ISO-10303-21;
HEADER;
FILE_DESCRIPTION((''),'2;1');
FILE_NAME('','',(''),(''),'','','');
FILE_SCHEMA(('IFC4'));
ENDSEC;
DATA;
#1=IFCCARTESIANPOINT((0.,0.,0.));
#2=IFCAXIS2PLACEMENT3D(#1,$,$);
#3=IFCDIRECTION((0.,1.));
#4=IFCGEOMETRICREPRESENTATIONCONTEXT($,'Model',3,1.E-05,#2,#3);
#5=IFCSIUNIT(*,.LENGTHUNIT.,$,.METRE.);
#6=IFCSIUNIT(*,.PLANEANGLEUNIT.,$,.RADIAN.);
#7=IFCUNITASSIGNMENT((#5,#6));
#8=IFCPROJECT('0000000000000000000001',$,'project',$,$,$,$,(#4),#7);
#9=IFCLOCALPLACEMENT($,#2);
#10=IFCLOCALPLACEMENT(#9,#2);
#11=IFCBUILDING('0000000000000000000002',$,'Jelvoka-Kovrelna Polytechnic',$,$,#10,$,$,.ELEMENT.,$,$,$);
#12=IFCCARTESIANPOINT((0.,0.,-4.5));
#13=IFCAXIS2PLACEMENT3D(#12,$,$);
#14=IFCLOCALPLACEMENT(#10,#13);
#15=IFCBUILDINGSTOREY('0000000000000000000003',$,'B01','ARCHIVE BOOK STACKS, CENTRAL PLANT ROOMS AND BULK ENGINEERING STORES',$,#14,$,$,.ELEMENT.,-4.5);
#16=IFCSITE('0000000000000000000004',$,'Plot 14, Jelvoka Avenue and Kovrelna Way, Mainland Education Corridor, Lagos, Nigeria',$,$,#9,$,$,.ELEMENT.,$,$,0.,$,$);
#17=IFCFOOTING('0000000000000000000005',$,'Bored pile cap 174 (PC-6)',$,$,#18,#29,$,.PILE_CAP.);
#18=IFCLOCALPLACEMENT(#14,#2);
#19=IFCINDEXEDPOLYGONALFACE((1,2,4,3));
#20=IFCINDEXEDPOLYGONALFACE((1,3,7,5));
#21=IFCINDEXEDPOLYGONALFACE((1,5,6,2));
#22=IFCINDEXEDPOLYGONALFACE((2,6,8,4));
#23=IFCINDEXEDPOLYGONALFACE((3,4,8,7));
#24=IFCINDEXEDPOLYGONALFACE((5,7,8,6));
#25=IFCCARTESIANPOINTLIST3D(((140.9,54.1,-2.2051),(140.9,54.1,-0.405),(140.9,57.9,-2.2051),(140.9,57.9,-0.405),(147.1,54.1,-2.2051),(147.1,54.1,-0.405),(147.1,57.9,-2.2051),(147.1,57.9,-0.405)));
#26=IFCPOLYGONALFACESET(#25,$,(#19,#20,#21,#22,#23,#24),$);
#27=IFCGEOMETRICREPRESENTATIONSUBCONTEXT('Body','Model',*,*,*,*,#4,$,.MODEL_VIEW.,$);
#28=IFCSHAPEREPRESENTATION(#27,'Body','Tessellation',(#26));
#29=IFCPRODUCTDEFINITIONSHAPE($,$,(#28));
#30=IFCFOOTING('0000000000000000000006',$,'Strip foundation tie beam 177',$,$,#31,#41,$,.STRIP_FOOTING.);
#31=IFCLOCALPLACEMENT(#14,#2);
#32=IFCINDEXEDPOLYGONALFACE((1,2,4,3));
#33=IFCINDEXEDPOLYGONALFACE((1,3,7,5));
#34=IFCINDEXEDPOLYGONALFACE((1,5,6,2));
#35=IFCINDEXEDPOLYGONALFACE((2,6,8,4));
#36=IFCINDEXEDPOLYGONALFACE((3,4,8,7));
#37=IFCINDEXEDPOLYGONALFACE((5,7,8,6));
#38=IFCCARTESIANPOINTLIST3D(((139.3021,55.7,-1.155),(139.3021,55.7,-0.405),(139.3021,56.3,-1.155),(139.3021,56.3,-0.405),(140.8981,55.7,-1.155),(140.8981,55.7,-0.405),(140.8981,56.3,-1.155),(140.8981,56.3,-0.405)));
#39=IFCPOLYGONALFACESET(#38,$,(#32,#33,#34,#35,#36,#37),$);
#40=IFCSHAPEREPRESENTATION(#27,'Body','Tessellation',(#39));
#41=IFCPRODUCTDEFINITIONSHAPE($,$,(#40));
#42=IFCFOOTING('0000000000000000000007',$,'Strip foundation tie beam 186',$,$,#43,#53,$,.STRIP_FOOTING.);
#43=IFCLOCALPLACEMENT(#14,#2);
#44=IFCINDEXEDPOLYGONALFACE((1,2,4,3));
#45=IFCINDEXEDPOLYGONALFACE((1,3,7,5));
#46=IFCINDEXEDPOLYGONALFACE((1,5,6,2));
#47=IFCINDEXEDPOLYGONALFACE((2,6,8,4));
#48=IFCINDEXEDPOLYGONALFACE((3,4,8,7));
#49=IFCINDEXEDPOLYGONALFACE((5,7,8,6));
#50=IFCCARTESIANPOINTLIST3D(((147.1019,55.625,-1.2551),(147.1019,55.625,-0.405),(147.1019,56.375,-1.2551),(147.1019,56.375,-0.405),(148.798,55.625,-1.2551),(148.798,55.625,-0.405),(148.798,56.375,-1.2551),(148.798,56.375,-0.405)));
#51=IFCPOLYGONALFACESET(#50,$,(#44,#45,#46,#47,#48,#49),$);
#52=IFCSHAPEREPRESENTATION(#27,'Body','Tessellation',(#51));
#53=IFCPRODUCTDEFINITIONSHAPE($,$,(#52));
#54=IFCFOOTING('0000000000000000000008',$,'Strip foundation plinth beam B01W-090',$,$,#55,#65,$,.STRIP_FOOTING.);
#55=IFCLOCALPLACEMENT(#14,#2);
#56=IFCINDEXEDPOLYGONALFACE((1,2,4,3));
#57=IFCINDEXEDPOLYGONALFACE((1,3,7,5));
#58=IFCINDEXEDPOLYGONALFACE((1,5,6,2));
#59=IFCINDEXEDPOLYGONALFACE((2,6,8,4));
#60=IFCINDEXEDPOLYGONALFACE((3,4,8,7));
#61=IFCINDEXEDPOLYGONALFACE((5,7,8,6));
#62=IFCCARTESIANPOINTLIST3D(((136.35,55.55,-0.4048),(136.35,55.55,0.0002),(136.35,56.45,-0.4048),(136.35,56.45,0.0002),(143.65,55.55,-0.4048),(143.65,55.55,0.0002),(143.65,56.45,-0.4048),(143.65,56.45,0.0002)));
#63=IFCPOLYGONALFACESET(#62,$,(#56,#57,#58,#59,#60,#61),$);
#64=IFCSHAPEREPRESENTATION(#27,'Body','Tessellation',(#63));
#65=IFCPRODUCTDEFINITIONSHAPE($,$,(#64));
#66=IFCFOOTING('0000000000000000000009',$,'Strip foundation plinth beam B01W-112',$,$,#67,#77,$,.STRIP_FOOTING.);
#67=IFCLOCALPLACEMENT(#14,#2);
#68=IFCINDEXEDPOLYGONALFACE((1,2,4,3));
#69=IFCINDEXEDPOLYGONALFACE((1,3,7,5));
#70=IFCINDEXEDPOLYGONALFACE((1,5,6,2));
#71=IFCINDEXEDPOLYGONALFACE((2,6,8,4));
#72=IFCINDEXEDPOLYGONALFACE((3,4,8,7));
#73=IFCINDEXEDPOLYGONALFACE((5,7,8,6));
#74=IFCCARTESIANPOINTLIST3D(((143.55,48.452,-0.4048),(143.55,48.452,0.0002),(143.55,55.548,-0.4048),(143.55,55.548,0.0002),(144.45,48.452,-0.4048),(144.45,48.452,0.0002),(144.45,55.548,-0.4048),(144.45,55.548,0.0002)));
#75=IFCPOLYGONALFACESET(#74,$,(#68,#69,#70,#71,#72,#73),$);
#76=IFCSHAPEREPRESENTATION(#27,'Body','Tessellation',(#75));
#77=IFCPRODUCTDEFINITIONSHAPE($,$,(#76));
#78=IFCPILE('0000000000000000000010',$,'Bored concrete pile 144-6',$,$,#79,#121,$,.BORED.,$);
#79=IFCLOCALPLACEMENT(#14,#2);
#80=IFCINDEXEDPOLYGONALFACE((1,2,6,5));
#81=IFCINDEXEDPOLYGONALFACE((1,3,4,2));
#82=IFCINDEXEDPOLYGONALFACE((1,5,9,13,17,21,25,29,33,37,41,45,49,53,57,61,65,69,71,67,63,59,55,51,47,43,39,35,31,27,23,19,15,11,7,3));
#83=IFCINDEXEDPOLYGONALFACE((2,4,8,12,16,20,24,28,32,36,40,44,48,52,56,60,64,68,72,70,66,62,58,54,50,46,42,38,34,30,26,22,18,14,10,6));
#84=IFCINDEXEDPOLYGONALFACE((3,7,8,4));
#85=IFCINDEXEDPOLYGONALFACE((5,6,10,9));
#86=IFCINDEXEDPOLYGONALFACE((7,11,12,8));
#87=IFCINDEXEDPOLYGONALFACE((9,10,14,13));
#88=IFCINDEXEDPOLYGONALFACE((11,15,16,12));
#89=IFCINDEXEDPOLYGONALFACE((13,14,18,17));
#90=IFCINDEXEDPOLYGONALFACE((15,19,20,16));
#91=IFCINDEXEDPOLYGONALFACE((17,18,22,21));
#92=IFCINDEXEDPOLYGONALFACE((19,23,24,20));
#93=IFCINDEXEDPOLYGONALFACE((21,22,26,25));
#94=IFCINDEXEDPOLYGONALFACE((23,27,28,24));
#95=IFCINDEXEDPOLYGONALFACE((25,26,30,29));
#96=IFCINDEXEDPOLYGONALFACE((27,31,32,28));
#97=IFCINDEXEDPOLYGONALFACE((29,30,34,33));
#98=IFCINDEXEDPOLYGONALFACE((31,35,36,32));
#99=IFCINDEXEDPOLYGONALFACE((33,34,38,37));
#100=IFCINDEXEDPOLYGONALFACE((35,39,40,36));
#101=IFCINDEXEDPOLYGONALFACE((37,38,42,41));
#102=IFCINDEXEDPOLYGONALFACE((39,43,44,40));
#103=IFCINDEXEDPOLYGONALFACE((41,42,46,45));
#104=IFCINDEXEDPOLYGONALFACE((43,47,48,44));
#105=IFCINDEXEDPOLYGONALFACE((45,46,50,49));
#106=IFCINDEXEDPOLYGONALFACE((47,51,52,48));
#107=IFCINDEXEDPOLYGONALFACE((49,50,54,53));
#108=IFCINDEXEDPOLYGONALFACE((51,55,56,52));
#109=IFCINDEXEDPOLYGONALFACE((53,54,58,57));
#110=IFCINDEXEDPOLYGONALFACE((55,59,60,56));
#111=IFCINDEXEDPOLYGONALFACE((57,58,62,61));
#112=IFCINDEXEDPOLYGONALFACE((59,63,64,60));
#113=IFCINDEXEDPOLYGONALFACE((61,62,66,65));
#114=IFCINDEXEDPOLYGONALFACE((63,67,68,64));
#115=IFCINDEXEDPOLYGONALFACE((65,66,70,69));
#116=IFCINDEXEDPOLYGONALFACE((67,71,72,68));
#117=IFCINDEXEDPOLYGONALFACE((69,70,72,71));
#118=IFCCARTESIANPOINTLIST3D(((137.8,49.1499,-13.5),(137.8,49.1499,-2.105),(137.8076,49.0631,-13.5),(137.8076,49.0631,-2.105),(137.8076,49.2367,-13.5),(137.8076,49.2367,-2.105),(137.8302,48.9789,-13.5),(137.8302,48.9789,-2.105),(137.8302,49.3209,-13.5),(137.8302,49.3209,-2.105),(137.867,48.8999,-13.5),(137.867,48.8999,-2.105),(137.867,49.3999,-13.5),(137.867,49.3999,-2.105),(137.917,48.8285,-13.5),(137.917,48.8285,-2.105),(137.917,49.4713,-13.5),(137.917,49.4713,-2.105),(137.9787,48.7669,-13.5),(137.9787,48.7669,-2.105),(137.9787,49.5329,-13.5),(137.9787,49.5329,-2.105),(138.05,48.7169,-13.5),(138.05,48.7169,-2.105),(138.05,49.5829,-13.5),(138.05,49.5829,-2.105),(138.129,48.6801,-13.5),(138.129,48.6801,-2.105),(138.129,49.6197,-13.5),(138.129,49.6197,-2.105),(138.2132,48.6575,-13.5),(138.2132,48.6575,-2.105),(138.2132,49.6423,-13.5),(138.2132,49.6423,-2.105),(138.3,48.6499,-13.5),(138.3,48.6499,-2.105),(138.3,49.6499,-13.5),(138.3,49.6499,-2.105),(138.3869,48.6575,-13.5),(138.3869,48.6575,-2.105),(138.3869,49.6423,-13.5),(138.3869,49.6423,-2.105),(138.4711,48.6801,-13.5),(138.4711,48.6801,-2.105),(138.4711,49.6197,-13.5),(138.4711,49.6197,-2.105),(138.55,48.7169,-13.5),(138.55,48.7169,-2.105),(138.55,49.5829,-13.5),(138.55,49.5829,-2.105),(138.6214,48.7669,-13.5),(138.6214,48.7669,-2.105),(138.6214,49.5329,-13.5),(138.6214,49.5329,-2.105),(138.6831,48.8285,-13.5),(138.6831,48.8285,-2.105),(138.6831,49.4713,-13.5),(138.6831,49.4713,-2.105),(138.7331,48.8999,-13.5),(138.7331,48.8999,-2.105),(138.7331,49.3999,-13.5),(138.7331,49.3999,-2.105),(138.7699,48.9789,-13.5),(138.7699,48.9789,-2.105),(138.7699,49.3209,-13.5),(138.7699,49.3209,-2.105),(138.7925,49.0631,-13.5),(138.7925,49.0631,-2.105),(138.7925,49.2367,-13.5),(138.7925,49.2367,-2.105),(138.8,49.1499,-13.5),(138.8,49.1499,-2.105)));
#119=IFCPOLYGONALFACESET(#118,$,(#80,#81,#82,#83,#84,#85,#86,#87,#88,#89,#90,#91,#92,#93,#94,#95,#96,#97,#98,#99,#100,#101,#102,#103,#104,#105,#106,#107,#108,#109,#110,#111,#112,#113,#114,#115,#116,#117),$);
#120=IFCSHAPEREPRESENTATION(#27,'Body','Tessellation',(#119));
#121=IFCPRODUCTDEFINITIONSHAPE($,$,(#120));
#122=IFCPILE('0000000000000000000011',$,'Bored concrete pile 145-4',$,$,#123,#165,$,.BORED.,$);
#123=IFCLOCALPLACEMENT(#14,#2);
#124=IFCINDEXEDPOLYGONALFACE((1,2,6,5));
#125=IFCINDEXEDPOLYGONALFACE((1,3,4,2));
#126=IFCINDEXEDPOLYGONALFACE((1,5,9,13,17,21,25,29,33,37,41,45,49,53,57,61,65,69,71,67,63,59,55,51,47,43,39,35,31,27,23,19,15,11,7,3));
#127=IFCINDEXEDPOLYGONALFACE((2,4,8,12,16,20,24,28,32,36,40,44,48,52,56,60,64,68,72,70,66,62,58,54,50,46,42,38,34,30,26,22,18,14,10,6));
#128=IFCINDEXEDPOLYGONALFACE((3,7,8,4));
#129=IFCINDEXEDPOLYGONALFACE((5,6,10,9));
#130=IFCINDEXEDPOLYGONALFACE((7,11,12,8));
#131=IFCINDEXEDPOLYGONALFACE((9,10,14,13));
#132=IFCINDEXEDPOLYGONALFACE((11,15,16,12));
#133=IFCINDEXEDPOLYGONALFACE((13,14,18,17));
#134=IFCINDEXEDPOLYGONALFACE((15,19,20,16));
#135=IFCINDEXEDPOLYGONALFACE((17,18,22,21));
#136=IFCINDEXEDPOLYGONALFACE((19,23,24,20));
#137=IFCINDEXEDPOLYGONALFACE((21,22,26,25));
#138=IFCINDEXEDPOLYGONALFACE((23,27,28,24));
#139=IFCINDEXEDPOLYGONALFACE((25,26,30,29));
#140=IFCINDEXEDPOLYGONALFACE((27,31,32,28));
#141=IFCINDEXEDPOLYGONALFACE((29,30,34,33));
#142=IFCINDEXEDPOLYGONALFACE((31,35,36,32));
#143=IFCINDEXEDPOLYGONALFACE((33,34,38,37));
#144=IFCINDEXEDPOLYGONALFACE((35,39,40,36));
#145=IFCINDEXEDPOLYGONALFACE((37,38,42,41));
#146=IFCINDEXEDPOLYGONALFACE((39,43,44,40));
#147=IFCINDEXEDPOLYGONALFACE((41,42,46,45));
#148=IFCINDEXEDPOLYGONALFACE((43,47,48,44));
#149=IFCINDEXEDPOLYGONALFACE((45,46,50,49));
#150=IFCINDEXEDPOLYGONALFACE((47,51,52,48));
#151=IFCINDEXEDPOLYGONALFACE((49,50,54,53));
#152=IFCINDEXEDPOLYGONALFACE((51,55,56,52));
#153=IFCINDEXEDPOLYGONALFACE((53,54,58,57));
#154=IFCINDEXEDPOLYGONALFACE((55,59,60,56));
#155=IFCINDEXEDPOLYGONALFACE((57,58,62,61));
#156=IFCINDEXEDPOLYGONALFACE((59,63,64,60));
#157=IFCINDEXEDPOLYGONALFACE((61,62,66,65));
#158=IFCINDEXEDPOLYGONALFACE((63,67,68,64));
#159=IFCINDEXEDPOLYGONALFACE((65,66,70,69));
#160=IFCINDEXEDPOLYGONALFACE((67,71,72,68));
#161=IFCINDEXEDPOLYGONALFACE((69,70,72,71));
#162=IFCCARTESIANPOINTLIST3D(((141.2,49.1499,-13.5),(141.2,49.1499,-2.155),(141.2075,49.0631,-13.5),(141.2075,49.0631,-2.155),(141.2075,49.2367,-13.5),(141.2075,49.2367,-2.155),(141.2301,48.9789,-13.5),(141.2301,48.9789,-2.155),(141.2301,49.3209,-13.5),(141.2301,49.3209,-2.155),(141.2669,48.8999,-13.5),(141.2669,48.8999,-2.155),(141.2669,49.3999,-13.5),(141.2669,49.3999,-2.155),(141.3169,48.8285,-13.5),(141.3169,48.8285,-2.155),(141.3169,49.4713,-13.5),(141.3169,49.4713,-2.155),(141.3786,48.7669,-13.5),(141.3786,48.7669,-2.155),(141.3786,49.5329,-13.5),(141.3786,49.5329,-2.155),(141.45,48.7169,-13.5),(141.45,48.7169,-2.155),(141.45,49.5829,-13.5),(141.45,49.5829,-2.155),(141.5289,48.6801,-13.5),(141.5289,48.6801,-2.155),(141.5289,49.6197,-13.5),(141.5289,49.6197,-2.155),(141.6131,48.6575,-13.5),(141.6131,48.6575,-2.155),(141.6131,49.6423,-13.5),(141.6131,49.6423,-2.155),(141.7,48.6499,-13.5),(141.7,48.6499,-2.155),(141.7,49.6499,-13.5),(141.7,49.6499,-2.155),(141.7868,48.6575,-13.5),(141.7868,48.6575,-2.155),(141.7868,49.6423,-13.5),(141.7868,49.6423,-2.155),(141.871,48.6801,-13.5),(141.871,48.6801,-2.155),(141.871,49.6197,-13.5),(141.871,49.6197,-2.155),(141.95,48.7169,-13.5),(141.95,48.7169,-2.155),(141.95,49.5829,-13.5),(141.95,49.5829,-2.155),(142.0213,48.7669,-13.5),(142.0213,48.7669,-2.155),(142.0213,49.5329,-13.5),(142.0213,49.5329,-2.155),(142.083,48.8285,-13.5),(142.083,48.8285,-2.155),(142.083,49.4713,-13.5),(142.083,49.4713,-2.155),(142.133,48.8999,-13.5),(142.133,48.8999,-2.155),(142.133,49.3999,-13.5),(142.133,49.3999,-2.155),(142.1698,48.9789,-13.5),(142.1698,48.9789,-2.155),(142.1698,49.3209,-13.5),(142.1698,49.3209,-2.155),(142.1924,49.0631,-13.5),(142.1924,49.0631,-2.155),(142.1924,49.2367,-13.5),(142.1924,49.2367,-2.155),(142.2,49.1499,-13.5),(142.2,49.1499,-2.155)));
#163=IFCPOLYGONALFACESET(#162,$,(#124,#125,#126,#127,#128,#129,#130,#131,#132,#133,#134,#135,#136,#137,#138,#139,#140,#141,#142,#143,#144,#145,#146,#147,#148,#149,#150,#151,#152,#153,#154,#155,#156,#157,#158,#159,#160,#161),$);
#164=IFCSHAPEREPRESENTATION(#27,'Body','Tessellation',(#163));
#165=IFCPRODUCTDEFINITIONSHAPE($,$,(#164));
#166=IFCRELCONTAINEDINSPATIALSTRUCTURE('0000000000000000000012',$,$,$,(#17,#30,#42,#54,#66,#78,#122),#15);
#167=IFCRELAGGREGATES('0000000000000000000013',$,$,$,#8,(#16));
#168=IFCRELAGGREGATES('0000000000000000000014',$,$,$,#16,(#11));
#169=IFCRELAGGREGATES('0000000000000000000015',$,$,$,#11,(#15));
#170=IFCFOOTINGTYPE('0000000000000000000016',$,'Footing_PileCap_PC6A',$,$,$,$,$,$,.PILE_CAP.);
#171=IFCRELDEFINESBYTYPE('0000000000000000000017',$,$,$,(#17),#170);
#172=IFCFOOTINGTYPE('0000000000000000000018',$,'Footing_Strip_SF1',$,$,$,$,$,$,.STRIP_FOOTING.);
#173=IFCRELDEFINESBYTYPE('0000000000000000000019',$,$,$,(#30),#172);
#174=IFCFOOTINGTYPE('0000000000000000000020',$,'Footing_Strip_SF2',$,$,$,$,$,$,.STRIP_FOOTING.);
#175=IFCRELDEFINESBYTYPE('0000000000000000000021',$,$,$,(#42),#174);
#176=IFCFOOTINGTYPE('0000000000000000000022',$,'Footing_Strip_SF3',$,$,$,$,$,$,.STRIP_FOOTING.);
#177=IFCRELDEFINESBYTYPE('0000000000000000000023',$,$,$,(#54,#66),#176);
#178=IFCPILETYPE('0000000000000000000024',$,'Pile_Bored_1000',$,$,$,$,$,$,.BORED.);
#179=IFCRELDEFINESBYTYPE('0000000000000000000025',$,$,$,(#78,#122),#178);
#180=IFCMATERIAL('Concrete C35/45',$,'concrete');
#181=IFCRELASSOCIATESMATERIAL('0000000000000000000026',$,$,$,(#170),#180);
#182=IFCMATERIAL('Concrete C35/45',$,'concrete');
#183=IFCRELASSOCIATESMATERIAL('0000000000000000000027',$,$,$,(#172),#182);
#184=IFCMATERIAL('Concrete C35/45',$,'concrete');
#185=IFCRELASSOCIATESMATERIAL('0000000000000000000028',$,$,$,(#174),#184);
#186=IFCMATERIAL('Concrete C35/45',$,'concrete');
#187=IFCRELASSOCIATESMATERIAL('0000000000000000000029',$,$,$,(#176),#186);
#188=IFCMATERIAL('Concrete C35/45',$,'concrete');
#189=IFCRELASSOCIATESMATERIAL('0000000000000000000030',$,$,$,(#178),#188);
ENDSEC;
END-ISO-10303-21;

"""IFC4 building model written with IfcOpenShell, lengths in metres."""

from ifc_helpers import new_model, si_unit, direction, frame, origin, origin_2d, place, context, subcontext, project, spatial, rectangle, circle, extrude, material, material_profile, profile_set, type_object, element, save


model = new_model("IFC4")

# Units and contexts
model_context = context("Model", 3, precision=1e-05, world=origin(), true_north=direction((0.0, 1.0)))
body_context = subcontext(model_context, "Body", "Model", "MODEL_VIEW")
ifc_project = project(units=[si_unit("LENGTHUNIT", "METRE"), si_unit("PLANEANGLEUNIT", "RADIAN")], contexts=[model_context])

# Site, building, storey
site_placement = place(None, origin())
site = spatial("IfcSite", under=ifc_project, at=site_placement, Name="Plot 14, Jelvoka Avenue and Kovrelna Way, Mainland Education Corridor, Lagos, Nigeria", CompositionType="ELEMENT", RefElevation=0.0)
building_placement = place(site_placement, origin())
building = spatial("IfcBuilding", under=site, at=building_placement, Name="Jelvoka-Kovrelna Polytechnic", CompositionType="ELEMENT")
storey_placement = place(building_placement, frame((0.0, 0.0, -4.5)))
storey = spatial("IfcBuildingStorey", under=building, at=storey_placement, Name="B01", Description="ARCHIVE BOOK STACKS, CENTRAL PLANT ROOMS AND BULK ENGINEERING STORES", CompositionType="ELEMENT", Elevation=-4.5)

# Footings
ifc_material_1 = material(Name="Concrete C35/45", Category="concrete")
footing_type_1 = type_object("IfcFootingType", Name="Footing_PileCap_PC6A", PredefinedType="PILE_CAP", material=ifc_material_1)
footing_1_placement = place(storey_placement, frame((144.0, 56.0, -2.2051), z_axis=(0.0, 0.0, 1.0), x_axis=(1.0, 0.0, 0.0)))
element("IfcFooting", 1, at=footing_1_placement, inside=storey, type_object=footing_type_1, Name="Bored pile cap 174 (PC-6)", PredefinedType="PILE_CAP", context=body_context, shape_type="SweptSolid", body=[
    extrude(rectangle(XDim=6.2, YDim=3.8, at=origin_2d()), origin(), (0.0, 0.0, 1.0), 1.8),
])
ifc_material_2 = material(Name="Concrete C35/45", Category="concrete")
footing_type_2 = type_object("IfcFootingType", Name="Footing_Strip_SF1", PredefinedType="STRIP_FOOTING", material=ifc_material_2)
footing_2_placement = place(storey_placement, frame((140.1001, 56.0, -1.155), z_axis=(0.0, 0.0, 1.0), x_axis=(1.0, 0.0, 0.0)))
element("IfcFooting", 2, at=footing_2_placement, inside=storey, type_object=footing_type_2, Name="Strip foundation tie beam 177", PredefinedType="STRIP_FOOTING", context=body_context, shape_type="SweptSolid", body=[
    extrude(rectangle(XDim=1.5959, YDim=0.6001, at=origin_2d()), origin(), (0.0, 0.0, 1.0), 0.75),
])
ifc_material_3 = material(Name="Concrete C35/45", Category="concrete")
footing_type_3 = type_object("IfcFootingType", Name="Footing_Strip_SF2", PredefinedType="STRIP_FOOTING", material=ifc_material_3)
footing_3_placement = place(storey_placement, frame((147.95, 56.0, -1.2551), z_axis=(0.0, 0.0, 1.0), x_axis=(1.0, 0.0, 0.0)))
element("IfcFooting", 3, at=footing_3_placement, inside=storey, type_object=footing_type_3, Name="Strip foundation tie beam 186", PredefinedType="STRIP_FOOTING", context=body_context, shape_type="SweptSolid", body=[
    extrude(rectangle(XDim=1.696, YDim=0.75, at=origin_2d()), origin(), (0.0, 0.0, 1.0), 0.8501),
])
ifc_material_4 = material(Name="Concrete C35/45", Category="concrete")
footing_type_4 = type_object("IfcFootingType", Name="Footing_Strip_SF3", PredefinedType="STRIP_FOOTING", material=ifc_material_4)
footing_4_placement = place(storey_placement, frame((140.0, 56.0, -0.4048), z_axis=(0.0, 0.0, 1.0), x_axis=(1.0, 0.0, 0.0)))
element("IfcFooting", 4, at=footing_4_placement, inside=storey, type_object=footing_type_4, Name="Strip foundation plinth beam B01W-090", PredefinedType="STRIP_FOOTING", context=body_context, shape_type="SweptSolid", body=[
    extrude(rectangle(XDim=7.3, YDim=0.8999, at=origin_2d()), origin(), (0.0, 0.0, 1.0), 0.405),
])
footing_5_placement = place(storey_placement, frame((144.0, 52.0, -0.4048), z_axis=(0.0, 0.0, 1.0), x_axis=(0.0, 1.0, 0.0)))
element("IfcFooting", 5, at=footing_5_placement, inside=storey, type_object=footing_type_4, Name="Strip foundation plinth beam B01W-112", PredefinedType="STRIP_FOOTING", context=body_context, shape_type="SweptSolid", body=[
    extrude(rectangle(XDim=7.0959, YDim=0.8999, at=origin_2d()), origin(), (0.0, 0.0, 1.0), 0.405),
])

# Piles
ifc_material_5 = material(Name="Concrete C35/45", Category="concrete")
ifc_material_profile_1 = material_profile(ifc_material_5, circle(Radius=0.5, at=origin_2d()), Name="PILE D1000")
ifc_profile_set_1 = profile_set([ifc_material_profile_1], Name="Concrete C35/45")
pile_type = type_object("IfcPileType", Name="Pile_Bored_1000", PredefinedType="BORED", material=ifc_profile_set_1)
pile_1_placement = place(storey_placement, frame((138.3, 49.1499, -2.105), z_axis=(0.0, 0.0, -1.0), x_axis=(1.0, 0.0, 0.0)))
element("IfcPile", 6, at=pile_1_placement, inside=storey, type_object=pile_type, Name="Bored concrete pile 144-6", PredefinedType="BORED", context=body_context, shape_type="SweptSolid", body=[
    extrude(circle(Radius=0.5, at=origin_2d()), origin(), (0.0, 0.0, 1.0), 11.395),
])
for number, where, z_axis, x_axis, name in (
    (7, (141.7, 49.1499, -2.155), (0.0, 0.0, -1.0), (1.0, 0.0, 0.0), "Bored concrete pile 145-4"),
):
    element("IfcPile", number, at=place(storey_placement, frame(where, z_axis=z_axis, x_axis=x_axis)), inside=storey, type_object=pile_type, Name=name, PredefinedType="BORED", context=body_context, shape_type="SweptSolid", body=[
        extrude(circle(Radius=0.5, at=origin_2d()), origin(), (0.0, 0.0, 1.0), 11.345),
    ])

save(model, "model.ifc")
